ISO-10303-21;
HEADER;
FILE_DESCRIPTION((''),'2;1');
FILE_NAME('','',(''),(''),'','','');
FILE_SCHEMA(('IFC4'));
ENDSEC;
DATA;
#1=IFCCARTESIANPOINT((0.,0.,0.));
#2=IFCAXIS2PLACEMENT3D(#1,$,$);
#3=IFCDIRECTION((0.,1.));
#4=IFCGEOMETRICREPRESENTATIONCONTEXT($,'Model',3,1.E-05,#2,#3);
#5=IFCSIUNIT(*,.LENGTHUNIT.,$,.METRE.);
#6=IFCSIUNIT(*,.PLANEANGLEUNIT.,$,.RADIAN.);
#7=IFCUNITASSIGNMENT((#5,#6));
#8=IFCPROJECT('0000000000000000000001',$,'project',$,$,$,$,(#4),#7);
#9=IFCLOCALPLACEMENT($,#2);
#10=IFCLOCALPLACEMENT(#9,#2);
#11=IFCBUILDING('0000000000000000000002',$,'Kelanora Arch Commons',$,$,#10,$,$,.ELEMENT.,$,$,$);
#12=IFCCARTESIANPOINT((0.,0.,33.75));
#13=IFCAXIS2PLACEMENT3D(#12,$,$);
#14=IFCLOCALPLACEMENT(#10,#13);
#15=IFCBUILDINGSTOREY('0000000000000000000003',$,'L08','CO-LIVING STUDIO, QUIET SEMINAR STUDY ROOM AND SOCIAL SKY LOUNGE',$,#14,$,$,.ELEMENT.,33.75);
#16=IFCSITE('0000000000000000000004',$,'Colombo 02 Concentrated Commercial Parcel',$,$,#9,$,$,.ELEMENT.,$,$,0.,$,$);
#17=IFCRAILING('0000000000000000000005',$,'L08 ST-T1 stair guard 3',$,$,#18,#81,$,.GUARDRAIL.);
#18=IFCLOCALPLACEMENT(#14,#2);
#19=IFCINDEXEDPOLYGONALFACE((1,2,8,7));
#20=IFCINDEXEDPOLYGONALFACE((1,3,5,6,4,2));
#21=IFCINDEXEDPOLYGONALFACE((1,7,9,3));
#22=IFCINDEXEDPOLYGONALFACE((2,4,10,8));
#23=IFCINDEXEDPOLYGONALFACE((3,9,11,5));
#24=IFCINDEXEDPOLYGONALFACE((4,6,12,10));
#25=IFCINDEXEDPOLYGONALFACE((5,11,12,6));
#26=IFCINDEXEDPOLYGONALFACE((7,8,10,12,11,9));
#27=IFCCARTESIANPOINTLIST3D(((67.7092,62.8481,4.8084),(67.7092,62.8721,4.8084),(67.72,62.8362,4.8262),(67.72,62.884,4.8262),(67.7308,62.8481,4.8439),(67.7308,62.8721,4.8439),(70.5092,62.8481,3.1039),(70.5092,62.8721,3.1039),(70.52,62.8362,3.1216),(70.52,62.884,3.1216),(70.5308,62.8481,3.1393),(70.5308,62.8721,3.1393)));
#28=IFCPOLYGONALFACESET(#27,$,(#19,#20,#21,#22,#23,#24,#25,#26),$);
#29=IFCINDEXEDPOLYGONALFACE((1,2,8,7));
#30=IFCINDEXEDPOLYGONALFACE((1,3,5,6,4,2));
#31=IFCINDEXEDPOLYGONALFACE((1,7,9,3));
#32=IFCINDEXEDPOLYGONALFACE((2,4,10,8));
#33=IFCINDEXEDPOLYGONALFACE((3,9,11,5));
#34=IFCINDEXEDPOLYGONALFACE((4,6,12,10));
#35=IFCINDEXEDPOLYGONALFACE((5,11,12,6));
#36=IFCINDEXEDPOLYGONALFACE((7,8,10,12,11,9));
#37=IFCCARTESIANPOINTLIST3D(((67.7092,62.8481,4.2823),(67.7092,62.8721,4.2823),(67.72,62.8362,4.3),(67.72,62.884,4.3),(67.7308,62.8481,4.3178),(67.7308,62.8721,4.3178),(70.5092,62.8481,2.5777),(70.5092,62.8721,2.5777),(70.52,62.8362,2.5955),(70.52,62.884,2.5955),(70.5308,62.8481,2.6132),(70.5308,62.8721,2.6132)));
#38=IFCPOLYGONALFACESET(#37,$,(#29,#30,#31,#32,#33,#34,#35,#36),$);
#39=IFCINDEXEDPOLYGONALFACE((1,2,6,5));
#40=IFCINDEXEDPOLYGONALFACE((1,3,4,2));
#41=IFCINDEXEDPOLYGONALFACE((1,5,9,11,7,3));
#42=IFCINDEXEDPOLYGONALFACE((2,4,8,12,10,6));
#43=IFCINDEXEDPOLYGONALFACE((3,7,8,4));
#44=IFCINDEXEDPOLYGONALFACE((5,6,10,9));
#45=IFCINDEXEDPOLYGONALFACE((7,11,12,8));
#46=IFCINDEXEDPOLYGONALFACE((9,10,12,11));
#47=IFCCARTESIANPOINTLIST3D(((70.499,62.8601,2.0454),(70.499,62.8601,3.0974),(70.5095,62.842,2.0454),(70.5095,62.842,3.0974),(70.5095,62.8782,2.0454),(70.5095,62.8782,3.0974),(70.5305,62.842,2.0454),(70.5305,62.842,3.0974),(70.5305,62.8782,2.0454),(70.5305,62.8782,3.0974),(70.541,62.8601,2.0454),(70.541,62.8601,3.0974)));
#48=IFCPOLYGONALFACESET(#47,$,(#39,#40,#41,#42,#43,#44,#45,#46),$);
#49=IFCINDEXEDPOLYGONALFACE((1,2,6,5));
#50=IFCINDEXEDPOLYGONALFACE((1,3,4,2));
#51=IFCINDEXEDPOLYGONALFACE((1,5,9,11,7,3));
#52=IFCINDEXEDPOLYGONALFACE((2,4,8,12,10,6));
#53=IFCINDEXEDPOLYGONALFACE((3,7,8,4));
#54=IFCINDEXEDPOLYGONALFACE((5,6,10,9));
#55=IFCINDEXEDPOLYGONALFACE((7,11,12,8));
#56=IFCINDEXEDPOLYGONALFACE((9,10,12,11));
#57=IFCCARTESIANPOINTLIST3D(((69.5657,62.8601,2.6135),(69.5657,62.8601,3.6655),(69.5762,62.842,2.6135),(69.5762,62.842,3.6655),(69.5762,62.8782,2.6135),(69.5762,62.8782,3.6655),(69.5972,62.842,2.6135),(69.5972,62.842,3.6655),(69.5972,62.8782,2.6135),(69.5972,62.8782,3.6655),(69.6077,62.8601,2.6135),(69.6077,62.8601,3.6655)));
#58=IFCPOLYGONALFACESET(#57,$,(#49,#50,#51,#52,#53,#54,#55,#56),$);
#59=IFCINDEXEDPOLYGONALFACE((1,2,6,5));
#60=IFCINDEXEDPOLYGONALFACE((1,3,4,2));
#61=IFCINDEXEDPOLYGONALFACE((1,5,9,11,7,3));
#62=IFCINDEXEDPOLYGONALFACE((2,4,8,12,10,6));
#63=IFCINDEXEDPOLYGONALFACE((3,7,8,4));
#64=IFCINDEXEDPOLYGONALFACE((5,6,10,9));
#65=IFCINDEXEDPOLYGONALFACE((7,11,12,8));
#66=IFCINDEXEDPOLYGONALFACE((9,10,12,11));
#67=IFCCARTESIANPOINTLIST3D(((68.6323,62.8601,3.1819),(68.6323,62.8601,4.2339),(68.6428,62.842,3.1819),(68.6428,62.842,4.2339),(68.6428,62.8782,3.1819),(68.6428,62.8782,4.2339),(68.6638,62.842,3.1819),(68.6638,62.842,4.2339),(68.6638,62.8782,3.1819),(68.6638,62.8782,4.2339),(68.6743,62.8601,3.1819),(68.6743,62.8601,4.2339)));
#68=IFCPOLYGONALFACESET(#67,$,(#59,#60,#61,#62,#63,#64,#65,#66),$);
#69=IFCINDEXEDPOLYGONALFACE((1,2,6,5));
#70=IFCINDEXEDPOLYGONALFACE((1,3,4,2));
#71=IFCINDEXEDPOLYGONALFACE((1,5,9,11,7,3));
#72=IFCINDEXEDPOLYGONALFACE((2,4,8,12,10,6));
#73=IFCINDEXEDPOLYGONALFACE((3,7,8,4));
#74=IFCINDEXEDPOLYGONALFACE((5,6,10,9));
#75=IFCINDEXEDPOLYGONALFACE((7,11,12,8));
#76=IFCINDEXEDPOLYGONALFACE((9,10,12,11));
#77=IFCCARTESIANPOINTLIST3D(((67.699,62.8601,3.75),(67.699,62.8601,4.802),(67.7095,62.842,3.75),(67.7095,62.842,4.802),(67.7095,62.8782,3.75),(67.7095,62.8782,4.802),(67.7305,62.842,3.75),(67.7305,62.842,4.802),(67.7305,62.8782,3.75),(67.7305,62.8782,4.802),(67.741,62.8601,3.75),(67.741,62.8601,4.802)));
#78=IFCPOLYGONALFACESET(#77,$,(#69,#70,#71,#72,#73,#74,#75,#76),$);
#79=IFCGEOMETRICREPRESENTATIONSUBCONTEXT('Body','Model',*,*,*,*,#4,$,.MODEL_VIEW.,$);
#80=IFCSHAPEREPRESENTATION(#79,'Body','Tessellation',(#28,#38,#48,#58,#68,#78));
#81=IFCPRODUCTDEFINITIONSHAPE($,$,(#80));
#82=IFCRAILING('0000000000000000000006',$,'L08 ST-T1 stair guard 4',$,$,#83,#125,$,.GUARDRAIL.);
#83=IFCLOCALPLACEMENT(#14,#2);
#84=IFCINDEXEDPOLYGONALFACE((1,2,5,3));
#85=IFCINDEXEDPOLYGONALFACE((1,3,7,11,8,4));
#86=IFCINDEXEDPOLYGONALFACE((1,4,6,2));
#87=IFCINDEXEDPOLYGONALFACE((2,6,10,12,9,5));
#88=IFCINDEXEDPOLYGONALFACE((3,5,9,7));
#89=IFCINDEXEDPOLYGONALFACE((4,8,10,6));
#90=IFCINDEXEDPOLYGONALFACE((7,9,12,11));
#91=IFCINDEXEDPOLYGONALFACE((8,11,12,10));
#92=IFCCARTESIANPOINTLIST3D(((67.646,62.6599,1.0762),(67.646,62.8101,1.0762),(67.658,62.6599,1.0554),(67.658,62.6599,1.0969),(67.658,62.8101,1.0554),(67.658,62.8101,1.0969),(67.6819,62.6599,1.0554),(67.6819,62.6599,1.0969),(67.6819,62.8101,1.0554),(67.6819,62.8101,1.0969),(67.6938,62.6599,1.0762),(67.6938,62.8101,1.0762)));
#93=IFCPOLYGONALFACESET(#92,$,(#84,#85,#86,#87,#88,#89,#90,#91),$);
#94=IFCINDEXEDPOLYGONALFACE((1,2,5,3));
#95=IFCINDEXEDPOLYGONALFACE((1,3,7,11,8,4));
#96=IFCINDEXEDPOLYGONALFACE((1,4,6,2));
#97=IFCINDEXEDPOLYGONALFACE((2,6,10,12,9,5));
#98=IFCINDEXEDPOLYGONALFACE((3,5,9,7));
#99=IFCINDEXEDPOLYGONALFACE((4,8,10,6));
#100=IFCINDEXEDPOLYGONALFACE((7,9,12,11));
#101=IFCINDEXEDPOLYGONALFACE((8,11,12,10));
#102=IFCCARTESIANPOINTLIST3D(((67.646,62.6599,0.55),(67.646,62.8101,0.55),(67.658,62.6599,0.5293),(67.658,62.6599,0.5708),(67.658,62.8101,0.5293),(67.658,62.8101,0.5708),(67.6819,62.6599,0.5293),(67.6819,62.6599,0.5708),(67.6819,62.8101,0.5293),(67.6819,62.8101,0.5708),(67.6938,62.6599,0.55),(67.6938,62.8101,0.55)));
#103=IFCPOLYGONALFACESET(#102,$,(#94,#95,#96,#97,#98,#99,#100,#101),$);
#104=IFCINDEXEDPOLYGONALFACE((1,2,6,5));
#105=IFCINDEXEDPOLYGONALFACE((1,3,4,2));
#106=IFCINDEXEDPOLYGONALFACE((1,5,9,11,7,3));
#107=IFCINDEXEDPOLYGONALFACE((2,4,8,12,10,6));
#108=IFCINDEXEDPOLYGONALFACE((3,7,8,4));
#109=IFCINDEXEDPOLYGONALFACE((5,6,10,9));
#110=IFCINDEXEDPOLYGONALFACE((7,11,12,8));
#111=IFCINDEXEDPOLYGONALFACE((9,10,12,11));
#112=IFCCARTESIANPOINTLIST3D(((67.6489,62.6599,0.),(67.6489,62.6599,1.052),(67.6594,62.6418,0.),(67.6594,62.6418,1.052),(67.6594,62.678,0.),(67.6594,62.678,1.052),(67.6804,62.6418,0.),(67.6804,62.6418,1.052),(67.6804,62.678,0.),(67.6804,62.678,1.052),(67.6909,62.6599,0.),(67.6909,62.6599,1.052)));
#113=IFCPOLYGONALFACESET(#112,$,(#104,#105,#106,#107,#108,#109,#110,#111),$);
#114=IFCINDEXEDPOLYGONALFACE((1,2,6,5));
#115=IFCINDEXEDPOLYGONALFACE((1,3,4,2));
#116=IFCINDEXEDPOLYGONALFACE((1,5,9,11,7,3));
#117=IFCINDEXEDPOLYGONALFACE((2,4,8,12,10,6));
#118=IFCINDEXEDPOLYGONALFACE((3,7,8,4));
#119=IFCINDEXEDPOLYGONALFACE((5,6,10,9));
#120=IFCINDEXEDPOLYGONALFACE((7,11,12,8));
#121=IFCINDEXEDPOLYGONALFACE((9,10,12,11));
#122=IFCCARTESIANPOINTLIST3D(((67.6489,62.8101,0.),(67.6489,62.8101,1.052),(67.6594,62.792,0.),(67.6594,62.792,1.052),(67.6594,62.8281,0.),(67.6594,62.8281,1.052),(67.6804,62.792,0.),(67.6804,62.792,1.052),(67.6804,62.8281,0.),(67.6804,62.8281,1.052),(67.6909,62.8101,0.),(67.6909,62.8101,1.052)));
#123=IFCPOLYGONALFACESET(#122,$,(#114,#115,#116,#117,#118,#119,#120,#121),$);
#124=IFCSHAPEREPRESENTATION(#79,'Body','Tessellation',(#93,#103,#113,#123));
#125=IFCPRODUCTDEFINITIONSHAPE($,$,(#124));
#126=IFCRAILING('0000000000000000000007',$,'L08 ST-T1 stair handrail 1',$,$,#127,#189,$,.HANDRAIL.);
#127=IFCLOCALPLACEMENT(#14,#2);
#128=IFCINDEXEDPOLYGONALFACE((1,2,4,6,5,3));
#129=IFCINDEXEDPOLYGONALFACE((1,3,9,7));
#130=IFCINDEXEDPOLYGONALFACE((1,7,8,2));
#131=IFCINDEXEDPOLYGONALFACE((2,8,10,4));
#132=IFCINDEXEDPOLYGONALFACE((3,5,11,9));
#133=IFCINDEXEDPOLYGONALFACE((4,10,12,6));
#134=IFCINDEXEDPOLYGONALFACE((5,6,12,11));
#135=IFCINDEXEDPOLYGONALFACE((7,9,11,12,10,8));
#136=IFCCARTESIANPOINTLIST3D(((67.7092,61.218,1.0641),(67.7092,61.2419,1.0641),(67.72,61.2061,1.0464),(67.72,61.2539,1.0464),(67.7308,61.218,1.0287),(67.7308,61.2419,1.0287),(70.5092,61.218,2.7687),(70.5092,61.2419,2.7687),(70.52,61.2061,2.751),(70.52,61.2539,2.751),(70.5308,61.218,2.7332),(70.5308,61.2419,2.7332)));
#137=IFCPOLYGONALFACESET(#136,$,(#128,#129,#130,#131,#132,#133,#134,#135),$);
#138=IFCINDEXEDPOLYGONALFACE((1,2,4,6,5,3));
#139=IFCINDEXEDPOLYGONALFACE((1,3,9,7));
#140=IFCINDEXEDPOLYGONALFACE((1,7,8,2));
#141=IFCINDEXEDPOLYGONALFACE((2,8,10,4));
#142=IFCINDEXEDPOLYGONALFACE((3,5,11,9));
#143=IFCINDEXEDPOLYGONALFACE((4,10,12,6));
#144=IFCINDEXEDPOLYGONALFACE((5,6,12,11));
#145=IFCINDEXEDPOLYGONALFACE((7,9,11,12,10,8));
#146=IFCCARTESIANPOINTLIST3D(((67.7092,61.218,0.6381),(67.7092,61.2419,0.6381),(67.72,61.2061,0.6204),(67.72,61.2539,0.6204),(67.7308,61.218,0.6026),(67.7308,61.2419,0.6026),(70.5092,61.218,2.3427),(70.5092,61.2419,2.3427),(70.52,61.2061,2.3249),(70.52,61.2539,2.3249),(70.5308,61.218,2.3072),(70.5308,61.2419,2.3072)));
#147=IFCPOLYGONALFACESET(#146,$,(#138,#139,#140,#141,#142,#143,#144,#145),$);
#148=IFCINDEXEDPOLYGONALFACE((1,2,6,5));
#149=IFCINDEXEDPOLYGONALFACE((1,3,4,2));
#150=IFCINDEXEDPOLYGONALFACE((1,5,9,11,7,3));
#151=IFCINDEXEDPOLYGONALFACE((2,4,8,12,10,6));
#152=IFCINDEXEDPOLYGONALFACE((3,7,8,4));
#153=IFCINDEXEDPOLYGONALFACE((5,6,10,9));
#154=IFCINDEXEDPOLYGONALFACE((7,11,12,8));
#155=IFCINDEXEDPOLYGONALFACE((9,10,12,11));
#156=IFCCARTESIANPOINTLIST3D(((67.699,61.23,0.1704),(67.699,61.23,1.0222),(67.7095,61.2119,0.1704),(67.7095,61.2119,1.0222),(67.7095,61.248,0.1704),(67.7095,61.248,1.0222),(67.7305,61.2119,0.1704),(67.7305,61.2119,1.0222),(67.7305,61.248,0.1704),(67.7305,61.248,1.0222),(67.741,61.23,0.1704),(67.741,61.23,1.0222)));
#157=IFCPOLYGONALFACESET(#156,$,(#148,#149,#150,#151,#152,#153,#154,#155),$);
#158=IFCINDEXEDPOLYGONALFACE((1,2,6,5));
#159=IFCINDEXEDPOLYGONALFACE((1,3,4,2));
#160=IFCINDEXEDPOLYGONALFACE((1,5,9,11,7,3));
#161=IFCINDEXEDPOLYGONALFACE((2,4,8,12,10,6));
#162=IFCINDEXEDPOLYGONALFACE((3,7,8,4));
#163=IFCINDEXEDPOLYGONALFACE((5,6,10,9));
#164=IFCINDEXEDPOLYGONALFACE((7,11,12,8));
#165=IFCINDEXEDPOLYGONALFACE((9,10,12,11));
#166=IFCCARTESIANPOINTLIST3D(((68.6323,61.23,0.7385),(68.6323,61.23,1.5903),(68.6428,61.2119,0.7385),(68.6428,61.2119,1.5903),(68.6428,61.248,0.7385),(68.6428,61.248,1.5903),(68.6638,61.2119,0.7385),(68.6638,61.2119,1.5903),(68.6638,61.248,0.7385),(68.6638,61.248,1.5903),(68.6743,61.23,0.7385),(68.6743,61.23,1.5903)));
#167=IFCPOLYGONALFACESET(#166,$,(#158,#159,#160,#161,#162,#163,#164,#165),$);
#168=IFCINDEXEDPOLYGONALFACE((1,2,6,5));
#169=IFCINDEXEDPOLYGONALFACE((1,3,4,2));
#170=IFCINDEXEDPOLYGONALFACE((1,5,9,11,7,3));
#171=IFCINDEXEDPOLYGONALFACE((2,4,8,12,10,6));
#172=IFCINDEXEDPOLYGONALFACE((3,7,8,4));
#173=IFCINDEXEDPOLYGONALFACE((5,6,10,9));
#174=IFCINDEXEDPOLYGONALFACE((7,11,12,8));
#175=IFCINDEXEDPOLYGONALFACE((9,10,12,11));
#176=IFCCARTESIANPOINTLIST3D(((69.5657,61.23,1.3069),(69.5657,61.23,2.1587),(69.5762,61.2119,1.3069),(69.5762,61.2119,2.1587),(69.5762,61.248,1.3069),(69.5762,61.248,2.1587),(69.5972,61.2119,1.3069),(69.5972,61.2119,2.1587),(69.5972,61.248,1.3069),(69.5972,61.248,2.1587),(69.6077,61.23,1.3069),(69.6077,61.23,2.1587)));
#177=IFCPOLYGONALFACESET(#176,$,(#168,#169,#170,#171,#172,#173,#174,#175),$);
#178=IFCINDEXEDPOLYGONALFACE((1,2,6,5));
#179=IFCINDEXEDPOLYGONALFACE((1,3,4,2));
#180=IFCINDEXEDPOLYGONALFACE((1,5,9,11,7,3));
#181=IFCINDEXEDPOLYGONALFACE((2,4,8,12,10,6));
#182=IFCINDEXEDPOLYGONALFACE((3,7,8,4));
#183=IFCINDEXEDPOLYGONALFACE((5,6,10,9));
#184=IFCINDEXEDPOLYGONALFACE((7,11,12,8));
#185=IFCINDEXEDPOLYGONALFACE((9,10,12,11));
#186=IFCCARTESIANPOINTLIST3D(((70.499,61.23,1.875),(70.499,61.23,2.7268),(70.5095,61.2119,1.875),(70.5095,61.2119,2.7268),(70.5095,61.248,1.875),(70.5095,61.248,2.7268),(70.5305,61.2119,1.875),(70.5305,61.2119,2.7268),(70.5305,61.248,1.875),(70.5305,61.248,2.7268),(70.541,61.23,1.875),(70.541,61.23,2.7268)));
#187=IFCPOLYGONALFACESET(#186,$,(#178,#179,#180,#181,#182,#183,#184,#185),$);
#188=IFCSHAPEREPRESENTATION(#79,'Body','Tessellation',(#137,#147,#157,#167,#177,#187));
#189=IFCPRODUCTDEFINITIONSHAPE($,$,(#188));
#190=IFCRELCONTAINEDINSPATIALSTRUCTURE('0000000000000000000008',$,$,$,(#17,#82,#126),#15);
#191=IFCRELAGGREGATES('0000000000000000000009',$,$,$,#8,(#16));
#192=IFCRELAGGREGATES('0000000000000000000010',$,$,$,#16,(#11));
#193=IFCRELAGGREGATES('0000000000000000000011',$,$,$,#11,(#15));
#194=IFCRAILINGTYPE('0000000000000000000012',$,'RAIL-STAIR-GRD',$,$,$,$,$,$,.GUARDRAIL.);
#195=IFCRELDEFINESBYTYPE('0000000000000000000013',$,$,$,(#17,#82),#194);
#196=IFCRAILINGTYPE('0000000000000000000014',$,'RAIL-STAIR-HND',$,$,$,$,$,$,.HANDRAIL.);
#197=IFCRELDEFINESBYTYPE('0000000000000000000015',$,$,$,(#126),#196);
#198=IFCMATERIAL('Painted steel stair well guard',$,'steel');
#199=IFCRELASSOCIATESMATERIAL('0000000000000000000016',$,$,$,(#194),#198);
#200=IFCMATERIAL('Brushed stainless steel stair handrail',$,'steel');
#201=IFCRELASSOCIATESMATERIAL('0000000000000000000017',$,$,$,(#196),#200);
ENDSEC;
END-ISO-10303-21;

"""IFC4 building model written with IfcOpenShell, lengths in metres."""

from ifc_helpers import new_model, si_unit, direction, frame, origin, place, context, subcontext, project, spatial, polyline, outline, extrude, material, type_object, element, save


model = new_model("IFC4")

# Units and contexts
model_context = context("Model", 3, precision=1e-05, world=origin(), true_north=direction((0.0, 1.0)))
body_context = subcontext(model_context, "Body", "Model", "MODEL_VIEW")
ifc_project = project(units=[si_unit("LENGTHUNIT", "METRE"), si_unit("PLANEANGLEUNIT", "RADIAN")], contexts=[model_context])

# Site, building, storey
site_placement = place(None, origin())
site = spatial("IfcSite", under=ifc_project, at=site_placement, Name="Colombo 02 Concentrated Commercial Parcel", CompositionType="ELEMENT", RefElevation=0.0)
building_placement = place(site_placement, origin())
building = spatial("IfcBuilding", under=site, at=building_placement, Name="Kelanora Arch Commons", CompositionType="ELEMENT")
storey_placement = place(building_placement, frame((0.0, 0.0, 33.75)))
storey = spatial("IfcBuildingStorey", under=building, at=storey_placement, Name="L08", Description="CO-LIVING STUDIO, QUIET SEMINAR STUDY ROOM AND SOCIAL SKY LOUNGE", CompositionType="ELEMENT", Elevation=33.75)

# Railings
ifc_material_1 = material(Name="Painted steel stair well guard", Category="steel")
railing_type_1 = type_object("IfcRailingType", Name="RAIL-STAIR-GRD", PredefinedType="GUARDRAIL", material=ifc_material_1)
railing_1_placement = place(storey_placement, frame((70.52, 62.8601, 2.0454)))
element("IfcRailing", 1, at=railing_1_placement, inside=storey, type_object=railing_type_1, Name="L08 ST-T1 stair guard 3", PredefinedType="GUARDRAIL", context=body_context, shape_type="SweptSolid", body=[
    extrude(outline(polyline([(0.0239, 0.0), (0.012, 0.0208), (-0.012, 0.0208), (-0.0239, 0.0), (-0.012, -0.0208), (0.012, -0.0208), (0.0239, 0.0)])), frame((0.0, 0.0, 1.0762), z_axis=(-0.85417, 0.0, 0.519994), x_axis=(0.0, -1.0, 0.0)), (0.0, 0.0, 1.0), 3.2781),
    extrude(outline(polyline([(0.0239, 0.0), (0.012, 0.0208), (-0.012, 0.0208), (-0.0239, 0.0), (-0.012, -0.0208), (0.012, -0.0208), (0.0239, 0.0)])), frame((0.0, 0.0, 0.55), z_axis=(-0.85417, 0.0, 0.519994), x_axis=(0.0, -1.0, 0.0)), (0.0, 0.0, 1.0), 3.2781),
    extrude(outline(polyline([(0.021, 0.0), (0.0105, 0.0181), (-0.0105, 0.0181), (-0.021, 0.0), (-0.0105, -0.0181), (0.0105, -0.0181), (0.021, 0.0)])), origin(), (0.0, 0.0, 1.0), 1.052),
    extrude(outline(polyline([(0.021, 0.0), (0.0105, 0.0181), (-0.0105, 0.0181), (-0.021, 0.0), (-0.0105, -0.0181), (0.0105, -0.0181), (0.021, 0.0)])), frame((-0.9333, 0.0, 0.5681)), (0.0, 0.0, 1.0), 1.052),
    extrude(outline(polyline([(0.021, 0.0), (0.0105, 0.0181), (-0.0105, 0.0181), (-0.021, 0.0), (-0.0105, -0.0181), (0.0105, -0.0181), (0.021, 0.0)])), frame((-1.8667, 0.0, 1.1365)), (0.0, 0.0, 1.0), 1.052),
    extrude(outline(polyline([(0.021, 0.0), (0.0105, 0.0181), (-0.0105, 0.0181), (-0.021, 0.0), (-0.0105, -0.0181), (0.0105, -0.0181), (0.021, 0.0)])), frame((-2.8, 0.0, 1.7046)), (0.0, 0.0, 1.0), 1.052),
])
railing_2_placement = place(storey_placement, frame((67.6699, 62.6599, 0.0)))
element("IfcRailing", 2, at=railing_2_placement, inside=storey, type_object=railing_type_1, Name="L08 ST-T1 stair guard 4", PredefinedType="GUARDRAIL", context=body_context, shape_type="SweptSolid", body=[
    extrude(outline(polyline([(0.0239, 0.0), (0.012, 0.0208), (-0.012, 0.0208), (-0.0239, 0.0), (-0.012, -0.0208), (0.012, -0.0208), (0.0239, 0.0)])), frame((0.0, 0.0, 1.0762), z_axis=(0.0, 1.0, 0.0), x_axis=(-1.0, 0.0, 0.0)), (0.0, 0.0, 1.0), 0.1501),
    extrude(outline(polyline([(0.0239, 0.0), (0.012, 0.0208), (-0.012, 0.0208), (-0.0239, 0.0), (-0.012, -0.0208), (0.012, -0.0208), (0.0239, 0.0)])), frame((0.0, 0.0, 0.55), z_axis=(0.0, 1.0, 0.0), x_axis=(-1.0, 0.0, 0.0)), (0.0, 0.0, 1.0), 0.1501),
    extrude(outline(polyline([(0.021, 0.0), (0.0105, 0.0181), (-0.0105, 0.0181), (-0.021, 0.0), (-0.0105, -0.0181), (0.0105, -0.0181), (0.021, 0.0)])), origin(), (0.0, 0.0, 1.0), 1.052),
    extrude(outline(polyline([(0.021, 0.0), (0.0105, 0.0181), (-0.0105, 0.0181), (-0.021, 0.0), (-0.0105, -0.0181), (0.0105, -0.0181), (0.021, 0.0)])), frame((0.0, 0.1501, 0.0)), (0.0, 0.0, 1.0), 1.052),
])
ifc_material_2 = material(Name="Brushed stainless steel stair handrail", Category="steel")
railing_type_2 = type_object("IfcRailingType", Name="RAIL-STAIR-HND", PredefinedType="HANDRAIL", material=ifc_material_2)
railing_3_placement = place(storey_placement, frame((67.72, 61.23, 0.1704)))
element("IfcRailing", 3, at=railing_3_placement, inside=storey, type_object=railing_type_2, Name="L08 ST-T1 stair handrail 1", PredefinedType="HANDRAIL", context=body_context, shape_type="SweptSolid", body=[
    extrude(outline(polyline([(0.0239, 0.0), (0.012, 0.0208), (-0.012, 0.0208), (-0.0239, 0.0), (-0.012, -0.0208), (0.012, -0.0208), (0.0239, 0.0)])), frame((0.0, 0.0, 0.876), z_axis=(0.85417, 0.0, 0.519994), x_axis=(0.0, 1.0, 0.0)), (0.0, 0.0, 1.0), 3.2781),
    extrude(outline(polyline([(0.0239, 0.0), (0.012, 0.0208), (-0.012, 0.0208), (-0.0239, 0.0), (-0.012, -0.0208), (0.012, -0.0208), (0.0239, 0.0)])), frame((0.0, 0.0, 0.45), z_axis=(0.85417, 0.0, 0.519994), x_axis=(0.0, 1.0, 0.0)), (0.0, 0.0, 1.0), 3.2781),
    extrude(outline(polyline([(0.021, 0.0), (0.0105, 0.0181), (-0.0105, 0.0181), (-0.021, 0.0), (-0.0105, -0.0181), (0.0105, -0.0181), (0.021, 0.0)])), origin(), (0.0, 0.0, 1.0), 0.8518),
    extrude(outline(polyline([(0.021, 0.0), (0.0105, 0.0181), (-0.0105, 0.0181), (-0.021, 0.0), (-0.0105, -0.0181), (0.0105, -0.0181), (0.021, 0.0)])), frame((0.9333, 0.0, 0.5681)), (0.0, 0.0, 1.0), 0.8518),
    extrude(outline(polyline([(0.021, 0.0), (0.0105, 0.0181), (-0.0105, 0.0181), (-0.021, 0.0), (-0.0105, -0.0181), (0.0105, -0.0181), (0.021, 0.0)])), frame((1.8667, 0.0, 1.1365)), (0.0, 0.0, 1.0), 0.8518),
    extrude(outline(polyline([(0.021, 0.0), (0.0105, 0.0181), (-0.0105, 0.0181), (-0.021, 0.0), (-0.0105, -0.0181), (0.0105, -0.0181), (0.021, 0.0)])), frame((2.8, 0.0, 1.7046)), (0.0, 0.0, 1.0), 0.8518),
])

save(model, "model.ifc")
